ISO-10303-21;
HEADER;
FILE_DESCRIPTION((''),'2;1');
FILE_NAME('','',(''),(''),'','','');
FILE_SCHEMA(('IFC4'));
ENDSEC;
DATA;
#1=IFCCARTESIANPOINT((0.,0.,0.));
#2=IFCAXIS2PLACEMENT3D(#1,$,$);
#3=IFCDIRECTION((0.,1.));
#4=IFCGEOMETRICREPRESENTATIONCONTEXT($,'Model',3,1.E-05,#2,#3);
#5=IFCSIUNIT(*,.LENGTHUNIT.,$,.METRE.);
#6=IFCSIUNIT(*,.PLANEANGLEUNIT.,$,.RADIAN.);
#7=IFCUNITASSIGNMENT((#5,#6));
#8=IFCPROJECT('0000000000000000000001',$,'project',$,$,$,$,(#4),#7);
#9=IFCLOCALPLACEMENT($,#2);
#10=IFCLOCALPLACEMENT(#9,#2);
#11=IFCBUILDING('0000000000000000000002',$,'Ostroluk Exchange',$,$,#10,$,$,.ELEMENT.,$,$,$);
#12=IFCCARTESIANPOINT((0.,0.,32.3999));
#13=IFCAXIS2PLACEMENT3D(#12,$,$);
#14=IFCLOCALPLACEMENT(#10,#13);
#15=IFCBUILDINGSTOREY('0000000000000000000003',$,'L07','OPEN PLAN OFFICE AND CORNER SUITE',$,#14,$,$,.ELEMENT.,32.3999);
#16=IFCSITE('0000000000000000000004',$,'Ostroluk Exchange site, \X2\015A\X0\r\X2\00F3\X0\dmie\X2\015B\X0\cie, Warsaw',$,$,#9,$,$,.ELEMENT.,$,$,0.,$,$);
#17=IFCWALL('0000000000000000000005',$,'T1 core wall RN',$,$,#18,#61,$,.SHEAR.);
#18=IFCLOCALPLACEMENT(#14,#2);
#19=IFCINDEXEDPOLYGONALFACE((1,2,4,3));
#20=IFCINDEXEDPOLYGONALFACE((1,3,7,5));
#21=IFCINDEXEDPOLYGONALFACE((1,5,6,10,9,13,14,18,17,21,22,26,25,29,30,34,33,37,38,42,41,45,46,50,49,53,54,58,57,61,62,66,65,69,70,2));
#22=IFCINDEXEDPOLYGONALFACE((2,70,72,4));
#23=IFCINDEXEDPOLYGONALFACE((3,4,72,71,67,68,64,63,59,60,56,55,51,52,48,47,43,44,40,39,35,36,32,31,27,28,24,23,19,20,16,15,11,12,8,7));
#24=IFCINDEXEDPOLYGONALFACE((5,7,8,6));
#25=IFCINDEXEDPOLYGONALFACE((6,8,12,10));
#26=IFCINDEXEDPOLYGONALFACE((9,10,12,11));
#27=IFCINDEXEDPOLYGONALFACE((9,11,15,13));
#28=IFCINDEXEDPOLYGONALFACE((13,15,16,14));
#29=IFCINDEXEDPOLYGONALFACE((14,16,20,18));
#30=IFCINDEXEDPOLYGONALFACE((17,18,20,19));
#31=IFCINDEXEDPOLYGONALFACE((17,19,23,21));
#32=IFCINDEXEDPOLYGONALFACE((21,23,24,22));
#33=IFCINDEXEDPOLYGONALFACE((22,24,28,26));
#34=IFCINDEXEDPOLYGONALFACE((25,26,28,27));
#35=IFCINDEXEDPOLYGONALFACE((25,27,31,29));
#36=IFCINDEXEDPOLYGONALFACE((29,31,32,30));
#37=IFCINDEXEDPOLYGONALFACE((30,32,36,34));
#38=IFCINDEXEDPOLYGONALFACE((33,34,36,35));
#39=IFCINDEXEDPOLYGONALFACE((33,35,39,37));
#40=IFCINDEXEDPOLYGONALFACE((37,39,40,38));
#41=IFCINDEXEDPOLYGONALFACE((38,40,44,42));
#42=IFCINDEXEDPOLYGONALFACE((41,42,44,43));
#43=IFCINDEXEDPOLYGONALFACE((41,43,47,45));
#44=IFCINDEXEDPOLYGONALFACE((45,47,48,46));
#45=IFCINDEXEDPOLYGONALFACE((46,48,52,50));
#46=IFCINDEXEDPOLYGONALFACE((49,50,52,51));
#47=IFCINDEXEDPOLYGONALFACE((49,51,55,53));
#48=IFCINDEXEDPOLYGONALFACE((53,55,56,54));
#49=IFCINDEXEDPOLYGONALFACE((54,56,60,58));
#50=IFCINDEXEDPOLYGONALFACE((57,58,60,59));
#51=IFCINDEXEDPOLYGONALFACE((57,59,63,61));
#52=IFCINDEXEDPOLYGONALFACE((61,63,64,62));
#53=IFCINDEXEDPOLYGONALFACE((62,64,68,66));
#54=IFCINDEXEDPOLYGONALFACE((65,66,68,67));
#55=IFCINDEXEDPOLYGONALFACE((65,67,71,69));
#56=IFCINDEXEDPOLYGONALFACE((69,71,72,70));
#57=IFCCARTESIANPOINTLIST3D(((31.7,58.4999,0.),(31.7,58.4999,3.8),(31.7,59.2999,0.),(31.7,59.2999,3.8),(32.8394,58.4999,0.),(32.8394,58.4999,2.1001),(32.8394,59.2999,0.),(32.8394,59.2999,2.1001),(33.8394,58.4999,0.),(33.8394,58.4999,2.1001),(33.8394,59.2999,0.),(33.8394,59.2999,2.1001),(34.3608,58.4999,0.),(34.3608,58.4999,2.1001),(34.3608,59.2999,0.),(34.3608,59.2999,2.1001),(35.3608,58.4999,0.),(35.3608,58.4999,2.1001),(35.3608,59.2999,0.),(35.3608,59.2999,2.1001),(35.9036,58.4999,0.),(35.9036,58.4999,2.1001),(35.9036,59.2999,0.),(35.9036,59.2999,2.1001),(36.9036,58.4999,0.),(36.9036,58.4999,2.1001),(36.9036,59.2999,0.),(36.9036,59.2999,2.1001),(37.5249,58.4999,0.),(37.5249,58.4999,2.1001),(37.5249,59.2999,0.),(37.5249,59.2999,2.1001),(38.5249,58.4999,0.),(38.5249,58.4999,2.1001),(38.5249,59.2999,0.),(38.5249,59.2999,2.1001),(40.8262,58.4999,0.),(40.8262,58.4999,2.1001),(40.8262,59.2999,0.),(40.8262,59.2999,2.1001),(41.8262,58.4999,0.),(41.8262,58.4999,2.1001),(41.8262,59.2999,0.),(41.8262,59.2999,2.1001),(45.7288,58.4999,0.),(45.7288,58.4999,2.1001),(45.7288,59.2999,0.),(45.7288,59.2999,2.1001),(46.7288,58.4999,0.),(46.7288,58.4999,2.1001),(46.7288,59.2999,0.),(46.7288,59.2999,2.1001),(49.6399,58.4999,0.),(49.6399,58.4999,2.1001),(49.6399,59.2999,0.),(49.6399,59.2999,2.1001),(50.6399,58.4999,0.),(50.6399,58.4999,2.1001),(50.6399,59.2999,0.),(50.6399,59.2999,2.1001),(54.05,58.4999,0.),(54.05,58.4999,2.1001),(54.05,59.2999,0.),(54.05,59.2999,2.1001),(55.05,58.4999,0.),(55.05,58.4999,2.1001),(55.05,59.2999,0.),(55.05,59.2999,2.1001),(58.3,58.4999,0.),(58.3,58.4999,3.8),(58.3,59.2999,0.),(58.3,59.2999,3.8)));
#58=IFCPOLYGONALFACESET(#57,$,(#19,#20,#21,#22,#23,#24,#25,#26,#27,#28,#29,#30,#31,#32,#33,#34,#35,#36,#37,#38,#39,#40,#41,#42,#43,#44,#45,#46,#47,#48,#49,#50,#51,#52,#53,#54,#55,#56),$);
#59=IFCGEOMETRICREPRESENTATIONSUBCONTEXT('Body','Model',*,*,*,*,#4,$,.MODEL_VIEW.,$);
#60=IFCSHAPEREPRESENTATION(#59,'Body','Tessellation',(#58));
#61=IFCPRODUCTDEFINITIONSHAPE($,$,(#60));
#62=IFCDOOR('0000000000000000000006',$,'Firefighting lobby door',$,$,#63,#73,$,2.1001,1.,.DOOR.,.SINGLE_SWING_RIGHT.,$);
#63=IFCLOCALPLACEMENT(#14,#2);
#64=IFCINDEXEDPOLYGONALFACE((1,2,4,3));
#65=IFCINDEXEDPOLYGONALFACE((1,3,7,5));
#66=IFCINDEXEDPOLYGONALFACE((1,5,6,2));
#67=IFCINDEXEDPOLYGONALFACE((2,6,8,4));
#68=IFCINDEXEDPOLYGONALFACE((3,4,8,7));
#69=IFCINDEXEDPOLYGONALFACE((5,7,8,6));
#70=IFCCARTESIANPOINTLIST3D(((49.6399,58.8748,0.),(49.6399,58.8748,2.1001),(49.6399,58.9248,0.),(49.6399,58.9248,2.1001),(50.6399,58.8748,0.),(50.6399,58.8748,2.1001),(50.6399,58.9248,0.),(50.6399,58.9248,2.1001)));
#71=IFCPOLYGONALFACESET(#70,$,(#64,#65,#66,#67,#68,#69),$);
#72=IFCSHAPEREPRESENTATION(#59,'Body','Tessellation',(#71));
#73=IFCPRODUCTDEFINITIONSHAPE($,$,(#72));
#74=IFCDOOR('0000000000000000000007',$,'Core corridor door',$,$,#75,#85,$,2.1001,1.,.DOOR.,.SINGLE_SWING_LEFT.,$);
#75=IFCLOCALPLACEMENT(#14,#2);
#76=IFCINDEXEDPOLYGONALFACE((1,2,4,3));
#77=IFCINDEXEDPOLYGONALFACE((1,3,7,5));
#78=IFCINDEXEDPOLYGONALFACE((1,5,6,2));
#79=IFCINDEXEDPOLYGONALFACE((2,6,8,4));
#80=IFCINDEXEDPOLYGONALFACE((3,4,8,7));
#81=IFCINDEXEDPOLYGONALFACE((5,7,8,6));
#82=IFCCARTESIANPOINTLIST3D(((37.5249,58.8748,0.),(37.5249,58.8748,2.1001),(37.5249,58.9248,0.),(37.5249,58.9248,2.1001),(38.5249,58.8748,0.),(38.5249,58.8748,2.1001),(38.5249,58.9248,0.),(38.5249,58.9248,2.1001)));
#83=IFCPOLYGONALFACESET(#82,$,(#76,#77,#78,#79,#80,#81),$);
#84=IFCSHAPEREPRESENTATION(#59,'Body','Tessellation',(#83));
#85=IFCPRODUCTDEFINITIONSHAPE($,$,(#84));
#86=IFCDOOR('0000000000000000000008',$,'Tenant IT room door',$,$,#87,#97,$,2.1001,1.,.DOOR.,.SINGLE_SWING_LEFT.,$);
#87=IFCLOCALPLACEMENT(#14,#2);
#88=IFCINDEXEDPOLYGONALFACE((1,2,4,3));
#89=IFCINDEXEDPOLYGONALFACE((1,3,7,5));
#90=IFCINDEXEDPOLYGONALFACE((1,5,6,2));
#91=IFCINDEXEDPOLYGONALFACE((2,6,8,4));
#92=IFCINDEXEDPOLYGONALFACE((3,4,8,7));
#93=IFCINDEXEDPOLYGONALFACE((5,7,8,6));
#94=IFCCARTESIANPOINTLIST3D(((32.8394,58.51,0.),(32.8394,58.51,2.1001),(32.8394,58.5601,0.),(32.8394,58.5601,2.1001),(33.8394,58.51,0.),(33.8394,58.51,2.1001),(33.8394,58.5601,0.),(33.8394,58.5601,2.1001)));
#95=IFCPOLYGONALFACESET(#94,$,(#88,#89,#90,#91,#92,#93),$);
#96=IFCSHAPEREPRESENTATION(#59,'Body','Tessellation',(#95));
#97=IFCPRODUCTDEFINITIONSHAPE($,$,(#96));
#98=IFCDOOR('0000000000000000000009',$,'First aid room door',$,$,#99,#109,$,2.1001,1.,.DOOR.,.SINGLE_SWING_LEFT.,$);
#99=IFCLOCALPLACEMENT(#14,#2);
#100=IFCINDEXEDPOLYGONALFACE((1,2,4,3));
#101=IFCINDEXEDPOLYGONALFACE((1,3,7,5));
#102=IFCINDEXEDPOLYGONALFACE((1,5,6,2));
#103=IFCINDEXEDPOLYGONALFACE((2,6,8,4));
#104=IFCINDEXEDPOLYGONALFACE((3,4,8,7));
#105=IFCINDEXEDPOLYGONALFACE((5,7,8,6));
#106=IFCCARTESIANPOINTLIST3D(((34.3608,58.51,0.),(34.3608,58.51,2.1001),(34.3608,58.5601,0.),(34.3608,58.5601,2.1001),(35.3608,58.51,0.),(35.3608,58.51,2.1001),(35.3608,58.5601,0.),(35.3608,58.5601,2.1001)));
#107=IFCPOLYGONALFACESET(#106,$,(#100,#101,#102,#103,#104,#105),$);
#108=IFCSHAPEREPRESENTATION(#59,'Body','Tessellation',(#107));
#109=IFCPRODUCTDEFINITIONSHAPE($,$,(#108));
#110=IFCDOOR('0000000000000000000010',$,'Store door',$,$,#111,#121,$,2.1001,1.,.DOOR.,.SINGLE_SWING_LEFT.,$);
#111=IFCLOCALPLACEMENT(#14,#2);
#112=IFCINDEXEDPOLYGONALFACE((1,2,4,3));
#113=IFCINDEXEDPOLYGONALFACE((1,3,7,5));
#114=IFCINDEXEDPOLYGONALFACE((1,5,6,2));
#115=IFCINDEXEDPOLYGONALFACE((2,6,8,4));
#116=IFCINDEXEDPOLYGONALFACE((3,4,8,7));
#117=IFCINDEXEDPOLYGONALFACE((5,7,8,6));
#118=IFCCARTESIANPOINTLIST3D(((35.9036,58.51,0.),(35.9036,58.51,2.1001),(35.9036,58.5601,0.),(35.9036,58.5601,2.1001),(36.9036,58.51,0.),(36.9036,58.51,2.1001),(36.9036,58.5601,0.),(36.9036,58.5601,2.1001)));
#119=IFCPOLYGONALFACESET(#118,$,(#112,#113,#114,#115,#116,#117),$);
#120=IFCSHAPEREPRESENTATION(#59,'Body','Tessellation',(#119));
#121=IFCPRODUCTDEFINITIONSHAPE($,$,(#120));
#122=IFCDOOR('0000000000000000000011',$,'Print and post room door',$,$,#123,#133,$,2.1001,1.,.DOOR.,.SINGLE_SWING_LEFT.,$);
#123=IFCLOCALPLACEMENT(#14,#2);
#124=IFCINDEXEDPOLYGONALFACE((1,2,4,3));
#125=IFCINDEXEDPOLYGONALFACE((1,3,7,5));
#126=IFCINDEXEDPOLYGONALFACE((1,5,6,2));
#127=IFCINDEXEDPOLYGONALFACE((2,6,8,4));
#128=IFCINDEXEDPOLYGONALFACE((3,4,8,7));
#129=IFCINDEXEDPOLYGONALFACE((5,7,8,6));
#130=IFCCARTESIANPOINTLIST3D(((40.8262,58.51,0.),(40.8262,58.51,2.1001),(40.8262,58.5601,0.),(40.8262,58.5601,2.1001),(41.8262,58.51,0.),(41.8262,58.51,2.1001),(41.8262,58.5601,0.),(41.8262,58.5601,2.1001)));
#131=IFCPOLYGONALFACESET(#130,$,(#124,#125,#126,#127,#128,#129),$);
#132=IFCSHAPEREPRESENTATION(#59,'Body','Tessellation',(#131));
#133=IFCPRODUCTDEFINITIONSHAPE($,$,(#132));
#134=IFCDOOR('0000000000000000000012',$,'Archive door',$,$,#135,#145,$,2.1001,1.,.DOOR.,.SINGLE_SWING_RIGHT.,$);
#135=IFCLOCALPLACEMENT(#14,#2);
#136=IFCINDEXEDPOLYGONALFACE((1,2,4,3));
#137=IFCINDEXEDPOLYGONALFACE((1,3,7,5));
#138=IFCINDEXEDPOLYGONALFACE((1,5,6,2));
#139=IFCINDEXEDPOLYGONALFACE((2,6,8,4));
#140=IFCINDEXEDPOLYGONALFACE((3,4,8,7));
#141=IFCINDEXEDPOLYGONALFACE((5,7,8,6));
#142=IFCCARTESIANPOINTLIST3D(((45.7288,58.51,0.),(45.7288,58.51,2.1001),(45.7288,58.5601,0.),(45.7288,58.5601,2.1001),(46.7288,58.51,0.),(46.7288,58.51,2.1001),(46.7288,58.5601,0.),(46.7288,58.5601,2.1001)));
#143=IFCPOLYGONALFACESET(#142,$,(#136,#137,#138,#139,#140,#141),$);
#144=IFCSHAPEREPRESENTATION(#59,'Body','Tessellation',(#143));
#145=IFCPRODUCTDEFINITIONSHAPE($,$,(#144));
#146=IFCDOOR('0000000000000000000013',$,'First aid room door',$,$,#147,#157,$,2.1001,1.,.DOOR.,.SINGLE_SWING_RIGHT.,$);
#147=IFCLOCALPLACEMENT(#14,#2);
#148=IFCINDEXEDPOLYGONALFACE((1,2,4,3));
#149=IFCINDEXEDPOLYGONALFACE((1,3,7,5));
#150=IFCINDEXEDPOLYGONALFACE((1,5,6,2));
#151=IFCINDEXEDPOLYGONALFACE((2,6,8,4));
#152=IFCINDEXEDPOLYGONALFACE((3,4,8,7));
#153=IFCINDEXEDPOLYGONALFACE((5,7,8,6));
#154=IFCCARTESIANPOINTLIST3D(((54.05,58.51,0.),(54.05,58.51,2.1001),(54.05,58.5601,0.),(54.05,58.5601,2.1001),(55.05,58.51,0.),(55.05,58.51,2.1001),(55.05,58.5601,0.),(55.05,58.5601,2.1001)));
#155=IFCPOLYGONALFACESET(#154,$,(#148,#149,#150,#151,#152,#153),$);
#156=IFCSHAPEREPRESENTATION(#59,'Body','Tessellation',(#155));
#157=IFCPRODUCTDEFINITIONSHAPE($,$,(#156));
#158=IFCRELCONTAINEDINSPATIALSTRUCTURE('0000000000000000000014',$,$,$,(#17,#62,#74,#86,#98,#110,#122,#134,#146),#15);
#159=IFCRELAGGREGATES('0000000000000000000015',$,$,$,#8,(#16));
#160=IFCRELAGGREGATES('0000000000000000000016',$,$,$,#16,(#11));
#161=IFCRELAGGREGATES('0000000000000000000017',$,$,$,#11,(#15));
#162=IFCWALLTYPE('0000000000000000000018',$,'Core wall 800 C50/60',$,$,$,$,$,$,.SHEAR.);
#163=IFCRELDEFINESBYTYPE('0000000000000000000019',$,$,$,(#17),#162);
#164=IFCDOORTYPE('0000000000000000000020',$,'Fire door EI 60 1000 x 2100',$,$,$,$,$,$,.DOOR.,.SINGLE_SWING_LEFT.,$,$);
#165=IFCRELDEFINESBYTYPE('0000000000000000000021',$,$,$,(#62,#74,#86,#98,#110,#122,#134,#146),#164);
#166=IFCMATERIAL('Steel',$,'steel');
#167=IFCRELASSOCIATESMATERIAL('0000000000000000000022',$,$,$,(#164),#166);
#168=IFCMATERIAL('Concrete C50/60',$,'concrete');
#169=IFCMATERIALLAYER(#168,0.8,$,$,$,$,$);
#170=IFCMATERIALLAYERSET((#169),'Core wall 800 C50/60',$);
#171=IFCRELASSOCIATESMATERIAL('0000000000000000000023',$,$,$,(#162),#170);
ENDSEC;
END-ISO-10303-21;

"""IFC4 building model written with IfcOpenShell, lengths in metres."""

from ifc_helpers import new_model, si_unit, direction, frame, frame_2d, origin, place, context, subcontext, project, spatial, rectangle, extrude, material, layer, layer_set, type_object, element, fill, save


model = new_model("IFC4")

# Units and contexts
model_context = context("Model", 3, precision=1e-05, world=origin(), true_north=direction((0.0, 1.0)))
body_context = subcontext(model_context, "Body", "Model", "MODEL_VIEW")
ifc_project = project(units=[si_unit("LENGTHUNIT", "METRE"), si_unit("PLANEANGLEUNIT", "RADIAN")], contexts=[model_context])

# Site, building, storey
site_placement = place(None, origin())
site = spatial("IfcSite", under=ifc_project, at=site_placement, Name="Ostroluk Exchange site, Śródmieście, Warsaw", CompositionType="ELEMENT", RefElevation=0.0)
building_placement = place(site_placement, origin())
building = spatial("IfcBuilding", under=site, at=building_placement, Name="Ostroluk Exchange", CompositionType="ELEMENT")
storey_placement = place(building_placement, frame((0.0, 0.0, 32.3999)))
storey = spatial("IfcBuildingStorey", under=building, at=storey_placement, Name="L07", Description="OPEN PLAN OFFICE AND CORNER SUITE", CompositionType="ELEMENT", Elevation=32.3999)

# Wall, openings, doors
ifc_material_1 = material(Name="Steel", Category="steel")
door_type = type_object("IfcDoorType", Name="Fire door EI 60 1000 x 2100", OperationType="SINGLE_SWING_LEFT", PredefinedType="DOOR", material=ifc_material_1)
ifc_material_2 = material(Name="Concrete C50/60", Category="concrete")
ifc_layer_1 = layer(ifc_material_2, 0.8)
ifc_layer_set_1 = layer_set([ifc_layer_1], Name="Core wall 800 C50/60")
wall_type_1 = type_object("IfcWallType", Name="Core wall 800 C50/60", PredefinedType="SHEAR", material=ifc_layer_set_1)
wall_1_placement = place(storey_placement, frame((31.7, 58.8999, 0.0), z_axis=(0.0, 0.0, 1.0), x_axis=(1.0, 0.0, 0.0)))
wall_1 = element("IfcWall", 1, at=wall_1_placement, inside=storey, type_object=wall_type_1, Name="T1 core wall RN", PredefinedType="SHEAR", context=body_context, shape_type="SweptSolid", body=[
    extrude(rectangle(XDim=26.6001, YDim=0.8, at=frame_2d((13.3, 0.0))), origin(), (0.0, 0.0, 1.0), 3.8),
])
opening_1_placement = place(wall_1_placement, frame((17.9399, 0.0, 0.0)))
opening_1 = element("IfcOpeningElement", 2, at=opening_1_placement, cuts=wall_1, PredefinedType="OPENING", context=body_context, shape_type="SweptSolid", body=[
    extrude(rectangle(XDim=1.0, YDim=2.1001, at=frame_2d((0.5, 1.05))), frame((0.0, 0.4099, 0.0), z_axis=(0.0, -1.0, 0.0), x_axis=(1.0, 0.0, 0.0)), (0.0, 0.0, 1.0), 0.8201),
])
opening_2_placement = place(wall_1_placement, frame((5.825, 0.0, 0.0)))
opening_2 = element("IfcOpeningElement", 3, at=opening_2_placement, cuts=wall_1, PredefinedType="OPENING", context=body_context, shape_type="SweptSolid", body=[
    extrude(rectangle(XDim=1.0, YDim=2.1001, at=frame_2d((0.5, 1.05))), frame((0.0, 0.4099, 0.0), z_axis=(0.0, -1.0, 0.0), x_axis=(1.0, 0.0, 0.0)), (0.0, 0.0, 1.0), 0.8201),
])
opening_3_placement = place(wall_1_placement, frame((1.1394, 0.0, 0.0)))
opening_3 = element("IfcOpeningElement", 4, at=opening_3_placement, cuts=wall_1, PredefinedType="OPENING", context=body_context, shape_type="SweptSolid", body=[
    extrude(rectangle(XDim=1.0, YDim=2.1001, at=frame_2d((0.5, 1.05))), frame((0.0, 0.4099, 0.0), z_axis=(0.0, -1.0, 0.0), x_axis=(1.0, 0.0, 0.0)), (0.0, 0.0, 1.0), 0.8201),
])
opening_4_placement = place(wall_1_placement, frame((2.6609, 0.0, 0.0)))
opening_4 = element("IfcOpeningElement", 5, at=opening_4_placement, cuts=wall_1, PredefinedType="OPENING", context=body_context, shape_type="SweptSolid", body=[
    extrude(rectangle(XDim=1.0, YDim=2.1001, at=frame_2d((0.5, 1.05))), frame((0.0, 0.4099, 0.0), z_axis=(0.0, -1.0, 0.0), x_axis=(1.0, 0.0, 0.0)), (0.0, 0.0, 1.0), 0.8201),
])
opening_5_placement = place(wall_1_placement, frame((4.2036, 0.0, 0.0)))
opening_5 = element("IfcOpeningElement", 6, at=opening_5_placement, cuts=wall_1, PredefinedType="OPENING", context=body_context, shape_type="SweptSolid", body=[
    extrude(rectangle(XDim=1.0, YDim=2.1001, at=frame_2d((0.5, 1.05))), frame((0.0, 0.4099, 0.0), z_axis=(0.0, -1.0, 0.0), x_axis=(1.0, 0.0, 0.0)), (0.0, 0.0, 1.0), 0.8201),
])
opening_6_placement = place(wall_1_placement, frame((9.1262, 0.0, 0.0)))
opening_6 = element("IfcOpeningElement", 7, at=opening_6_placement, cuts=wall_1, PredefinedType="OPENING", context=body_context, shape_type="SweptSolid", body=[
    extrude(rectangle(XDim=1.0, YDim=2.1001, at=frame_2d((0.5, 1.05))), frame((0.0, 0.4099, 0.0), z_axis=(0.0, -1.0, 0.0), x_axis=(1.0, 0.0, 0.0)), (0.0, 0.0, 1.0), 0.8201),
])
opening_7_placement = place(wall_1_placement, frame((14.0288, 0.0, 0.0)))
opening_7 = element("IfcOpeningElement", 8, at=opening_7_placement, cuts=wall_1, PredefinedType="OPENING", context=body_context, shape_type="SweptSolid", body=[
    extrude(rectangle(XDim=1.0, YDim=2.1001, at=frame_2d((0.5, 1.05))), frame((0.0, 0.4099, 0.0), z_axis=(0.0, -1.0, 0.0), x_axis=(1.0, 0.0, 0.0)), (0.0, 0.0, 1.0), 0.8201),
])
opening_8_placement = place(wall_1_placement, frame((22.3501, 0.0, 0.0)))
opening_8 = element("IfcOpeningElement", 9, at=opening_8_placement, cuts=wall_1, PredefinedType="OPENING", context=body_context, shape_type="SweptSolid", body=[
    extrude(rectangle(XDim=1.0, YDim=2.1001, at=frame_2d((0.5, 1.05))), frame((0.0, 0.4099, 0.0), z_axis=(0.0, -1.0, 0.0), x_axis=(1.0, 0.0, 0.0)), (0.0, 0.0, 1.0), 0.8201),
])
door_1_placement = place(opening_1_placement, origin())
door_1 = element("IfcDoor", 10, at=door_1_placement, inside=storey, type_object=door_type, Name="Firefighting lobby door", OperationType="SINGLE_SWING_RIGHT", OverallHeight=2.1001, OverallWidth=1.0, PredefinedType="DOOR", context=body_context, shape_type="SweptSolid", body=[
    extrude(rectangle(XDim=1.0, YDim=2.1001, at=frame_2d((0.5, 1.05))), frame((0.0, 0.0249, 0.0), z_axis=(0.0, -1.0, 0.0), x_axis=(1.0, 0.0, 0.0)), (0.0, 0.0, 1.0), 0.05),
])
fill(opening_1, door_1)
door_2_placement = place(opening_2_placement, origin())
door_2 = element("IfcDoor", 11, at=door_2_placement, inside=storey, type_object=door_type, Name="Core corridor door", OperationType="SINGLE_SWING_LEFT", OverallHeight=2.1001, OverallWidth=1.0, PredefinedType="DOOR", context=body_context, shape_type="SweptSolid", body=[
    extrude(rectangle(XDim=1.0, YDim=2.1001, at=frame_2d((0.5, 1.05))), frame((0.0, 0.0249, 0.0), z_axis=(0.0, -1.0, 0.0), x_axis=(1.0, 0.0, 0.0)), (0.0, 0.0, 1.0), 0.05),
])
fill(opening_2, door_2)
door_3_placement = place(opening_3_placement, origin())
door_3 = element("IfcDoor", 12, at=door_3_placement, inside=storey, type_object=door_type, Name="Tenant IT room door", OperationType="SINGLE_SWING_LEFT", OverallHeight=2.1001, OverallWidth=1.0, PredefinedType="DOOR", context=body_context, shape_type="SweptSolid", body=[
    extrude(rectangle(XDim=1.0, YDim=2.1001, at=frame_2d((0.5, 1.05))), frame((0.0, -0.3398, 0.0), z_axis=(0.0, -1.0, 0.0), x_axis=(1.0, 0.0, 0.0)), (0.0, 0.0, 1.0), 0.05),
])
fill(opening_3, door_3)
door_4_placement = place(opening_4_placement, origin())
door_4 = element("IfcDoor", 13, at=door_4_placement, inside=storey, type_object=door_type, Name="First aid room door", OperationType="SINGLE_SWING_LEFT", OverallHeight=2.1001, OverallWidth=1.0, PredefinedType="DOOR", context=body_context, shape_type="SweptSolid", body=[
    extrude(rectangle(XDim=1.0, YDim=2.1001, at=frame_2d((0.5, 1.05))), frame((0.0, -0.3398, 0.0), z_axis=(0.0, -1.0, 0.0), x_axis=(1.0, 0.0, 0.0)), (0.0, 0.0, 1.0), 0.05),
])
fill(opening_4, door_4)
door_5_placement = place(opening_5_placement, origin())
door_5 = element("IfcDoor", 14, at=door_5_placement, inside=storey, type_object=door_type, Name="Store door", OperationType="SINGLE_SWING_LEFT", OverallHeight=2.1001, OverallWidth=1.0, PredefinedType="DOOR", context=body_context, shape_type="SweptSolid", body=[
    extrude(rectangle(XDim=1.0, YDim=2.1001, at=frame_2d((0.5, 1.05))), frame((0.0, -0.3398, 0.0), z_axis=(0.0, -1.0, 0.0), x_axis=(1.0, 0.0, 0.0)), (0.0, 0.0, 1.0), 0.05),
])
fill(opening_5, door_5)
door_6_placement = place(opening_6_placement, origin())
door_6 = element("IfcDoor", 15, at=door_6_placement, inside=storey, type_object=door_type, Name="Print and post room door", OperationType="SINGLE_SWING_LEFT", OverallHeight=2.1001, OverallWidth=1.0, PredefinedType="DOOR", context=body_context, shape_type="SweptSolid", body=[
    extrude(rectangle(XDim=1.0, YDim=2.1001, at=frame_2d((0.5, 1.05))), frame((0.0, -0.3398, 0.0), z_axis=(0.0, -1.0, 0.0), x_axis=(1.0, 0.0, 0.0)), (0.0, 0.0, 1.0), 0.05),
])
fill(opening_6, door_6)
door_7_placement = place(opening_7_placement, origin())
door_7 = element("IfcDoor", 16, at=door_7_placement, inside=storey, type_object=door_type, Name="Archive door", OperationType="SINGLE_SWING_RIGHT", OverallHeight=2.1001, OverallWidth=1.0, PredefinedType="DOOR", context=body_context, shape_type="SweptSolid", body=[
    extrude(rectangle(XDim=1.0, YDim=2.1001, at=frame_2d((0.5, 1.05))), frame((0.0, -0.3398, 0.0), z_axis=(0.0, -1.0, 0.0), x_axis=(1.0, 0.0, 0.0)), (0.0, 0.0, 1.0), 0.05),
])
fill(opening_7, door_7)
door_8_placement = place(opening_8_placement, origin())
door_8 = element("IfcDoor", 17, at=door_8_placement, inside=storey, type_object=door_type, Name="First aid room door", OperationType="SINGLE_SWING_RIGHT", OverallHeight=2.1001, OverallWidth=1.0, PredefinedType="DOOR", context=body_context, shape_type="SweptSolid", body=[
    extrude(rectangle(XDim=1.0, YDim=2.1001, at=frame_2d((0.5, 1.05))), frame((0.0, -0.3398, 0.0), z_axis=(0.0, -1.0, 0.0), x_axis=(1.0, 0.0, 0.0)), (0.0, 0.0, 1.0), 0.05),
])
fill(opening_8, door_8)

save(model, "model.ifc")
